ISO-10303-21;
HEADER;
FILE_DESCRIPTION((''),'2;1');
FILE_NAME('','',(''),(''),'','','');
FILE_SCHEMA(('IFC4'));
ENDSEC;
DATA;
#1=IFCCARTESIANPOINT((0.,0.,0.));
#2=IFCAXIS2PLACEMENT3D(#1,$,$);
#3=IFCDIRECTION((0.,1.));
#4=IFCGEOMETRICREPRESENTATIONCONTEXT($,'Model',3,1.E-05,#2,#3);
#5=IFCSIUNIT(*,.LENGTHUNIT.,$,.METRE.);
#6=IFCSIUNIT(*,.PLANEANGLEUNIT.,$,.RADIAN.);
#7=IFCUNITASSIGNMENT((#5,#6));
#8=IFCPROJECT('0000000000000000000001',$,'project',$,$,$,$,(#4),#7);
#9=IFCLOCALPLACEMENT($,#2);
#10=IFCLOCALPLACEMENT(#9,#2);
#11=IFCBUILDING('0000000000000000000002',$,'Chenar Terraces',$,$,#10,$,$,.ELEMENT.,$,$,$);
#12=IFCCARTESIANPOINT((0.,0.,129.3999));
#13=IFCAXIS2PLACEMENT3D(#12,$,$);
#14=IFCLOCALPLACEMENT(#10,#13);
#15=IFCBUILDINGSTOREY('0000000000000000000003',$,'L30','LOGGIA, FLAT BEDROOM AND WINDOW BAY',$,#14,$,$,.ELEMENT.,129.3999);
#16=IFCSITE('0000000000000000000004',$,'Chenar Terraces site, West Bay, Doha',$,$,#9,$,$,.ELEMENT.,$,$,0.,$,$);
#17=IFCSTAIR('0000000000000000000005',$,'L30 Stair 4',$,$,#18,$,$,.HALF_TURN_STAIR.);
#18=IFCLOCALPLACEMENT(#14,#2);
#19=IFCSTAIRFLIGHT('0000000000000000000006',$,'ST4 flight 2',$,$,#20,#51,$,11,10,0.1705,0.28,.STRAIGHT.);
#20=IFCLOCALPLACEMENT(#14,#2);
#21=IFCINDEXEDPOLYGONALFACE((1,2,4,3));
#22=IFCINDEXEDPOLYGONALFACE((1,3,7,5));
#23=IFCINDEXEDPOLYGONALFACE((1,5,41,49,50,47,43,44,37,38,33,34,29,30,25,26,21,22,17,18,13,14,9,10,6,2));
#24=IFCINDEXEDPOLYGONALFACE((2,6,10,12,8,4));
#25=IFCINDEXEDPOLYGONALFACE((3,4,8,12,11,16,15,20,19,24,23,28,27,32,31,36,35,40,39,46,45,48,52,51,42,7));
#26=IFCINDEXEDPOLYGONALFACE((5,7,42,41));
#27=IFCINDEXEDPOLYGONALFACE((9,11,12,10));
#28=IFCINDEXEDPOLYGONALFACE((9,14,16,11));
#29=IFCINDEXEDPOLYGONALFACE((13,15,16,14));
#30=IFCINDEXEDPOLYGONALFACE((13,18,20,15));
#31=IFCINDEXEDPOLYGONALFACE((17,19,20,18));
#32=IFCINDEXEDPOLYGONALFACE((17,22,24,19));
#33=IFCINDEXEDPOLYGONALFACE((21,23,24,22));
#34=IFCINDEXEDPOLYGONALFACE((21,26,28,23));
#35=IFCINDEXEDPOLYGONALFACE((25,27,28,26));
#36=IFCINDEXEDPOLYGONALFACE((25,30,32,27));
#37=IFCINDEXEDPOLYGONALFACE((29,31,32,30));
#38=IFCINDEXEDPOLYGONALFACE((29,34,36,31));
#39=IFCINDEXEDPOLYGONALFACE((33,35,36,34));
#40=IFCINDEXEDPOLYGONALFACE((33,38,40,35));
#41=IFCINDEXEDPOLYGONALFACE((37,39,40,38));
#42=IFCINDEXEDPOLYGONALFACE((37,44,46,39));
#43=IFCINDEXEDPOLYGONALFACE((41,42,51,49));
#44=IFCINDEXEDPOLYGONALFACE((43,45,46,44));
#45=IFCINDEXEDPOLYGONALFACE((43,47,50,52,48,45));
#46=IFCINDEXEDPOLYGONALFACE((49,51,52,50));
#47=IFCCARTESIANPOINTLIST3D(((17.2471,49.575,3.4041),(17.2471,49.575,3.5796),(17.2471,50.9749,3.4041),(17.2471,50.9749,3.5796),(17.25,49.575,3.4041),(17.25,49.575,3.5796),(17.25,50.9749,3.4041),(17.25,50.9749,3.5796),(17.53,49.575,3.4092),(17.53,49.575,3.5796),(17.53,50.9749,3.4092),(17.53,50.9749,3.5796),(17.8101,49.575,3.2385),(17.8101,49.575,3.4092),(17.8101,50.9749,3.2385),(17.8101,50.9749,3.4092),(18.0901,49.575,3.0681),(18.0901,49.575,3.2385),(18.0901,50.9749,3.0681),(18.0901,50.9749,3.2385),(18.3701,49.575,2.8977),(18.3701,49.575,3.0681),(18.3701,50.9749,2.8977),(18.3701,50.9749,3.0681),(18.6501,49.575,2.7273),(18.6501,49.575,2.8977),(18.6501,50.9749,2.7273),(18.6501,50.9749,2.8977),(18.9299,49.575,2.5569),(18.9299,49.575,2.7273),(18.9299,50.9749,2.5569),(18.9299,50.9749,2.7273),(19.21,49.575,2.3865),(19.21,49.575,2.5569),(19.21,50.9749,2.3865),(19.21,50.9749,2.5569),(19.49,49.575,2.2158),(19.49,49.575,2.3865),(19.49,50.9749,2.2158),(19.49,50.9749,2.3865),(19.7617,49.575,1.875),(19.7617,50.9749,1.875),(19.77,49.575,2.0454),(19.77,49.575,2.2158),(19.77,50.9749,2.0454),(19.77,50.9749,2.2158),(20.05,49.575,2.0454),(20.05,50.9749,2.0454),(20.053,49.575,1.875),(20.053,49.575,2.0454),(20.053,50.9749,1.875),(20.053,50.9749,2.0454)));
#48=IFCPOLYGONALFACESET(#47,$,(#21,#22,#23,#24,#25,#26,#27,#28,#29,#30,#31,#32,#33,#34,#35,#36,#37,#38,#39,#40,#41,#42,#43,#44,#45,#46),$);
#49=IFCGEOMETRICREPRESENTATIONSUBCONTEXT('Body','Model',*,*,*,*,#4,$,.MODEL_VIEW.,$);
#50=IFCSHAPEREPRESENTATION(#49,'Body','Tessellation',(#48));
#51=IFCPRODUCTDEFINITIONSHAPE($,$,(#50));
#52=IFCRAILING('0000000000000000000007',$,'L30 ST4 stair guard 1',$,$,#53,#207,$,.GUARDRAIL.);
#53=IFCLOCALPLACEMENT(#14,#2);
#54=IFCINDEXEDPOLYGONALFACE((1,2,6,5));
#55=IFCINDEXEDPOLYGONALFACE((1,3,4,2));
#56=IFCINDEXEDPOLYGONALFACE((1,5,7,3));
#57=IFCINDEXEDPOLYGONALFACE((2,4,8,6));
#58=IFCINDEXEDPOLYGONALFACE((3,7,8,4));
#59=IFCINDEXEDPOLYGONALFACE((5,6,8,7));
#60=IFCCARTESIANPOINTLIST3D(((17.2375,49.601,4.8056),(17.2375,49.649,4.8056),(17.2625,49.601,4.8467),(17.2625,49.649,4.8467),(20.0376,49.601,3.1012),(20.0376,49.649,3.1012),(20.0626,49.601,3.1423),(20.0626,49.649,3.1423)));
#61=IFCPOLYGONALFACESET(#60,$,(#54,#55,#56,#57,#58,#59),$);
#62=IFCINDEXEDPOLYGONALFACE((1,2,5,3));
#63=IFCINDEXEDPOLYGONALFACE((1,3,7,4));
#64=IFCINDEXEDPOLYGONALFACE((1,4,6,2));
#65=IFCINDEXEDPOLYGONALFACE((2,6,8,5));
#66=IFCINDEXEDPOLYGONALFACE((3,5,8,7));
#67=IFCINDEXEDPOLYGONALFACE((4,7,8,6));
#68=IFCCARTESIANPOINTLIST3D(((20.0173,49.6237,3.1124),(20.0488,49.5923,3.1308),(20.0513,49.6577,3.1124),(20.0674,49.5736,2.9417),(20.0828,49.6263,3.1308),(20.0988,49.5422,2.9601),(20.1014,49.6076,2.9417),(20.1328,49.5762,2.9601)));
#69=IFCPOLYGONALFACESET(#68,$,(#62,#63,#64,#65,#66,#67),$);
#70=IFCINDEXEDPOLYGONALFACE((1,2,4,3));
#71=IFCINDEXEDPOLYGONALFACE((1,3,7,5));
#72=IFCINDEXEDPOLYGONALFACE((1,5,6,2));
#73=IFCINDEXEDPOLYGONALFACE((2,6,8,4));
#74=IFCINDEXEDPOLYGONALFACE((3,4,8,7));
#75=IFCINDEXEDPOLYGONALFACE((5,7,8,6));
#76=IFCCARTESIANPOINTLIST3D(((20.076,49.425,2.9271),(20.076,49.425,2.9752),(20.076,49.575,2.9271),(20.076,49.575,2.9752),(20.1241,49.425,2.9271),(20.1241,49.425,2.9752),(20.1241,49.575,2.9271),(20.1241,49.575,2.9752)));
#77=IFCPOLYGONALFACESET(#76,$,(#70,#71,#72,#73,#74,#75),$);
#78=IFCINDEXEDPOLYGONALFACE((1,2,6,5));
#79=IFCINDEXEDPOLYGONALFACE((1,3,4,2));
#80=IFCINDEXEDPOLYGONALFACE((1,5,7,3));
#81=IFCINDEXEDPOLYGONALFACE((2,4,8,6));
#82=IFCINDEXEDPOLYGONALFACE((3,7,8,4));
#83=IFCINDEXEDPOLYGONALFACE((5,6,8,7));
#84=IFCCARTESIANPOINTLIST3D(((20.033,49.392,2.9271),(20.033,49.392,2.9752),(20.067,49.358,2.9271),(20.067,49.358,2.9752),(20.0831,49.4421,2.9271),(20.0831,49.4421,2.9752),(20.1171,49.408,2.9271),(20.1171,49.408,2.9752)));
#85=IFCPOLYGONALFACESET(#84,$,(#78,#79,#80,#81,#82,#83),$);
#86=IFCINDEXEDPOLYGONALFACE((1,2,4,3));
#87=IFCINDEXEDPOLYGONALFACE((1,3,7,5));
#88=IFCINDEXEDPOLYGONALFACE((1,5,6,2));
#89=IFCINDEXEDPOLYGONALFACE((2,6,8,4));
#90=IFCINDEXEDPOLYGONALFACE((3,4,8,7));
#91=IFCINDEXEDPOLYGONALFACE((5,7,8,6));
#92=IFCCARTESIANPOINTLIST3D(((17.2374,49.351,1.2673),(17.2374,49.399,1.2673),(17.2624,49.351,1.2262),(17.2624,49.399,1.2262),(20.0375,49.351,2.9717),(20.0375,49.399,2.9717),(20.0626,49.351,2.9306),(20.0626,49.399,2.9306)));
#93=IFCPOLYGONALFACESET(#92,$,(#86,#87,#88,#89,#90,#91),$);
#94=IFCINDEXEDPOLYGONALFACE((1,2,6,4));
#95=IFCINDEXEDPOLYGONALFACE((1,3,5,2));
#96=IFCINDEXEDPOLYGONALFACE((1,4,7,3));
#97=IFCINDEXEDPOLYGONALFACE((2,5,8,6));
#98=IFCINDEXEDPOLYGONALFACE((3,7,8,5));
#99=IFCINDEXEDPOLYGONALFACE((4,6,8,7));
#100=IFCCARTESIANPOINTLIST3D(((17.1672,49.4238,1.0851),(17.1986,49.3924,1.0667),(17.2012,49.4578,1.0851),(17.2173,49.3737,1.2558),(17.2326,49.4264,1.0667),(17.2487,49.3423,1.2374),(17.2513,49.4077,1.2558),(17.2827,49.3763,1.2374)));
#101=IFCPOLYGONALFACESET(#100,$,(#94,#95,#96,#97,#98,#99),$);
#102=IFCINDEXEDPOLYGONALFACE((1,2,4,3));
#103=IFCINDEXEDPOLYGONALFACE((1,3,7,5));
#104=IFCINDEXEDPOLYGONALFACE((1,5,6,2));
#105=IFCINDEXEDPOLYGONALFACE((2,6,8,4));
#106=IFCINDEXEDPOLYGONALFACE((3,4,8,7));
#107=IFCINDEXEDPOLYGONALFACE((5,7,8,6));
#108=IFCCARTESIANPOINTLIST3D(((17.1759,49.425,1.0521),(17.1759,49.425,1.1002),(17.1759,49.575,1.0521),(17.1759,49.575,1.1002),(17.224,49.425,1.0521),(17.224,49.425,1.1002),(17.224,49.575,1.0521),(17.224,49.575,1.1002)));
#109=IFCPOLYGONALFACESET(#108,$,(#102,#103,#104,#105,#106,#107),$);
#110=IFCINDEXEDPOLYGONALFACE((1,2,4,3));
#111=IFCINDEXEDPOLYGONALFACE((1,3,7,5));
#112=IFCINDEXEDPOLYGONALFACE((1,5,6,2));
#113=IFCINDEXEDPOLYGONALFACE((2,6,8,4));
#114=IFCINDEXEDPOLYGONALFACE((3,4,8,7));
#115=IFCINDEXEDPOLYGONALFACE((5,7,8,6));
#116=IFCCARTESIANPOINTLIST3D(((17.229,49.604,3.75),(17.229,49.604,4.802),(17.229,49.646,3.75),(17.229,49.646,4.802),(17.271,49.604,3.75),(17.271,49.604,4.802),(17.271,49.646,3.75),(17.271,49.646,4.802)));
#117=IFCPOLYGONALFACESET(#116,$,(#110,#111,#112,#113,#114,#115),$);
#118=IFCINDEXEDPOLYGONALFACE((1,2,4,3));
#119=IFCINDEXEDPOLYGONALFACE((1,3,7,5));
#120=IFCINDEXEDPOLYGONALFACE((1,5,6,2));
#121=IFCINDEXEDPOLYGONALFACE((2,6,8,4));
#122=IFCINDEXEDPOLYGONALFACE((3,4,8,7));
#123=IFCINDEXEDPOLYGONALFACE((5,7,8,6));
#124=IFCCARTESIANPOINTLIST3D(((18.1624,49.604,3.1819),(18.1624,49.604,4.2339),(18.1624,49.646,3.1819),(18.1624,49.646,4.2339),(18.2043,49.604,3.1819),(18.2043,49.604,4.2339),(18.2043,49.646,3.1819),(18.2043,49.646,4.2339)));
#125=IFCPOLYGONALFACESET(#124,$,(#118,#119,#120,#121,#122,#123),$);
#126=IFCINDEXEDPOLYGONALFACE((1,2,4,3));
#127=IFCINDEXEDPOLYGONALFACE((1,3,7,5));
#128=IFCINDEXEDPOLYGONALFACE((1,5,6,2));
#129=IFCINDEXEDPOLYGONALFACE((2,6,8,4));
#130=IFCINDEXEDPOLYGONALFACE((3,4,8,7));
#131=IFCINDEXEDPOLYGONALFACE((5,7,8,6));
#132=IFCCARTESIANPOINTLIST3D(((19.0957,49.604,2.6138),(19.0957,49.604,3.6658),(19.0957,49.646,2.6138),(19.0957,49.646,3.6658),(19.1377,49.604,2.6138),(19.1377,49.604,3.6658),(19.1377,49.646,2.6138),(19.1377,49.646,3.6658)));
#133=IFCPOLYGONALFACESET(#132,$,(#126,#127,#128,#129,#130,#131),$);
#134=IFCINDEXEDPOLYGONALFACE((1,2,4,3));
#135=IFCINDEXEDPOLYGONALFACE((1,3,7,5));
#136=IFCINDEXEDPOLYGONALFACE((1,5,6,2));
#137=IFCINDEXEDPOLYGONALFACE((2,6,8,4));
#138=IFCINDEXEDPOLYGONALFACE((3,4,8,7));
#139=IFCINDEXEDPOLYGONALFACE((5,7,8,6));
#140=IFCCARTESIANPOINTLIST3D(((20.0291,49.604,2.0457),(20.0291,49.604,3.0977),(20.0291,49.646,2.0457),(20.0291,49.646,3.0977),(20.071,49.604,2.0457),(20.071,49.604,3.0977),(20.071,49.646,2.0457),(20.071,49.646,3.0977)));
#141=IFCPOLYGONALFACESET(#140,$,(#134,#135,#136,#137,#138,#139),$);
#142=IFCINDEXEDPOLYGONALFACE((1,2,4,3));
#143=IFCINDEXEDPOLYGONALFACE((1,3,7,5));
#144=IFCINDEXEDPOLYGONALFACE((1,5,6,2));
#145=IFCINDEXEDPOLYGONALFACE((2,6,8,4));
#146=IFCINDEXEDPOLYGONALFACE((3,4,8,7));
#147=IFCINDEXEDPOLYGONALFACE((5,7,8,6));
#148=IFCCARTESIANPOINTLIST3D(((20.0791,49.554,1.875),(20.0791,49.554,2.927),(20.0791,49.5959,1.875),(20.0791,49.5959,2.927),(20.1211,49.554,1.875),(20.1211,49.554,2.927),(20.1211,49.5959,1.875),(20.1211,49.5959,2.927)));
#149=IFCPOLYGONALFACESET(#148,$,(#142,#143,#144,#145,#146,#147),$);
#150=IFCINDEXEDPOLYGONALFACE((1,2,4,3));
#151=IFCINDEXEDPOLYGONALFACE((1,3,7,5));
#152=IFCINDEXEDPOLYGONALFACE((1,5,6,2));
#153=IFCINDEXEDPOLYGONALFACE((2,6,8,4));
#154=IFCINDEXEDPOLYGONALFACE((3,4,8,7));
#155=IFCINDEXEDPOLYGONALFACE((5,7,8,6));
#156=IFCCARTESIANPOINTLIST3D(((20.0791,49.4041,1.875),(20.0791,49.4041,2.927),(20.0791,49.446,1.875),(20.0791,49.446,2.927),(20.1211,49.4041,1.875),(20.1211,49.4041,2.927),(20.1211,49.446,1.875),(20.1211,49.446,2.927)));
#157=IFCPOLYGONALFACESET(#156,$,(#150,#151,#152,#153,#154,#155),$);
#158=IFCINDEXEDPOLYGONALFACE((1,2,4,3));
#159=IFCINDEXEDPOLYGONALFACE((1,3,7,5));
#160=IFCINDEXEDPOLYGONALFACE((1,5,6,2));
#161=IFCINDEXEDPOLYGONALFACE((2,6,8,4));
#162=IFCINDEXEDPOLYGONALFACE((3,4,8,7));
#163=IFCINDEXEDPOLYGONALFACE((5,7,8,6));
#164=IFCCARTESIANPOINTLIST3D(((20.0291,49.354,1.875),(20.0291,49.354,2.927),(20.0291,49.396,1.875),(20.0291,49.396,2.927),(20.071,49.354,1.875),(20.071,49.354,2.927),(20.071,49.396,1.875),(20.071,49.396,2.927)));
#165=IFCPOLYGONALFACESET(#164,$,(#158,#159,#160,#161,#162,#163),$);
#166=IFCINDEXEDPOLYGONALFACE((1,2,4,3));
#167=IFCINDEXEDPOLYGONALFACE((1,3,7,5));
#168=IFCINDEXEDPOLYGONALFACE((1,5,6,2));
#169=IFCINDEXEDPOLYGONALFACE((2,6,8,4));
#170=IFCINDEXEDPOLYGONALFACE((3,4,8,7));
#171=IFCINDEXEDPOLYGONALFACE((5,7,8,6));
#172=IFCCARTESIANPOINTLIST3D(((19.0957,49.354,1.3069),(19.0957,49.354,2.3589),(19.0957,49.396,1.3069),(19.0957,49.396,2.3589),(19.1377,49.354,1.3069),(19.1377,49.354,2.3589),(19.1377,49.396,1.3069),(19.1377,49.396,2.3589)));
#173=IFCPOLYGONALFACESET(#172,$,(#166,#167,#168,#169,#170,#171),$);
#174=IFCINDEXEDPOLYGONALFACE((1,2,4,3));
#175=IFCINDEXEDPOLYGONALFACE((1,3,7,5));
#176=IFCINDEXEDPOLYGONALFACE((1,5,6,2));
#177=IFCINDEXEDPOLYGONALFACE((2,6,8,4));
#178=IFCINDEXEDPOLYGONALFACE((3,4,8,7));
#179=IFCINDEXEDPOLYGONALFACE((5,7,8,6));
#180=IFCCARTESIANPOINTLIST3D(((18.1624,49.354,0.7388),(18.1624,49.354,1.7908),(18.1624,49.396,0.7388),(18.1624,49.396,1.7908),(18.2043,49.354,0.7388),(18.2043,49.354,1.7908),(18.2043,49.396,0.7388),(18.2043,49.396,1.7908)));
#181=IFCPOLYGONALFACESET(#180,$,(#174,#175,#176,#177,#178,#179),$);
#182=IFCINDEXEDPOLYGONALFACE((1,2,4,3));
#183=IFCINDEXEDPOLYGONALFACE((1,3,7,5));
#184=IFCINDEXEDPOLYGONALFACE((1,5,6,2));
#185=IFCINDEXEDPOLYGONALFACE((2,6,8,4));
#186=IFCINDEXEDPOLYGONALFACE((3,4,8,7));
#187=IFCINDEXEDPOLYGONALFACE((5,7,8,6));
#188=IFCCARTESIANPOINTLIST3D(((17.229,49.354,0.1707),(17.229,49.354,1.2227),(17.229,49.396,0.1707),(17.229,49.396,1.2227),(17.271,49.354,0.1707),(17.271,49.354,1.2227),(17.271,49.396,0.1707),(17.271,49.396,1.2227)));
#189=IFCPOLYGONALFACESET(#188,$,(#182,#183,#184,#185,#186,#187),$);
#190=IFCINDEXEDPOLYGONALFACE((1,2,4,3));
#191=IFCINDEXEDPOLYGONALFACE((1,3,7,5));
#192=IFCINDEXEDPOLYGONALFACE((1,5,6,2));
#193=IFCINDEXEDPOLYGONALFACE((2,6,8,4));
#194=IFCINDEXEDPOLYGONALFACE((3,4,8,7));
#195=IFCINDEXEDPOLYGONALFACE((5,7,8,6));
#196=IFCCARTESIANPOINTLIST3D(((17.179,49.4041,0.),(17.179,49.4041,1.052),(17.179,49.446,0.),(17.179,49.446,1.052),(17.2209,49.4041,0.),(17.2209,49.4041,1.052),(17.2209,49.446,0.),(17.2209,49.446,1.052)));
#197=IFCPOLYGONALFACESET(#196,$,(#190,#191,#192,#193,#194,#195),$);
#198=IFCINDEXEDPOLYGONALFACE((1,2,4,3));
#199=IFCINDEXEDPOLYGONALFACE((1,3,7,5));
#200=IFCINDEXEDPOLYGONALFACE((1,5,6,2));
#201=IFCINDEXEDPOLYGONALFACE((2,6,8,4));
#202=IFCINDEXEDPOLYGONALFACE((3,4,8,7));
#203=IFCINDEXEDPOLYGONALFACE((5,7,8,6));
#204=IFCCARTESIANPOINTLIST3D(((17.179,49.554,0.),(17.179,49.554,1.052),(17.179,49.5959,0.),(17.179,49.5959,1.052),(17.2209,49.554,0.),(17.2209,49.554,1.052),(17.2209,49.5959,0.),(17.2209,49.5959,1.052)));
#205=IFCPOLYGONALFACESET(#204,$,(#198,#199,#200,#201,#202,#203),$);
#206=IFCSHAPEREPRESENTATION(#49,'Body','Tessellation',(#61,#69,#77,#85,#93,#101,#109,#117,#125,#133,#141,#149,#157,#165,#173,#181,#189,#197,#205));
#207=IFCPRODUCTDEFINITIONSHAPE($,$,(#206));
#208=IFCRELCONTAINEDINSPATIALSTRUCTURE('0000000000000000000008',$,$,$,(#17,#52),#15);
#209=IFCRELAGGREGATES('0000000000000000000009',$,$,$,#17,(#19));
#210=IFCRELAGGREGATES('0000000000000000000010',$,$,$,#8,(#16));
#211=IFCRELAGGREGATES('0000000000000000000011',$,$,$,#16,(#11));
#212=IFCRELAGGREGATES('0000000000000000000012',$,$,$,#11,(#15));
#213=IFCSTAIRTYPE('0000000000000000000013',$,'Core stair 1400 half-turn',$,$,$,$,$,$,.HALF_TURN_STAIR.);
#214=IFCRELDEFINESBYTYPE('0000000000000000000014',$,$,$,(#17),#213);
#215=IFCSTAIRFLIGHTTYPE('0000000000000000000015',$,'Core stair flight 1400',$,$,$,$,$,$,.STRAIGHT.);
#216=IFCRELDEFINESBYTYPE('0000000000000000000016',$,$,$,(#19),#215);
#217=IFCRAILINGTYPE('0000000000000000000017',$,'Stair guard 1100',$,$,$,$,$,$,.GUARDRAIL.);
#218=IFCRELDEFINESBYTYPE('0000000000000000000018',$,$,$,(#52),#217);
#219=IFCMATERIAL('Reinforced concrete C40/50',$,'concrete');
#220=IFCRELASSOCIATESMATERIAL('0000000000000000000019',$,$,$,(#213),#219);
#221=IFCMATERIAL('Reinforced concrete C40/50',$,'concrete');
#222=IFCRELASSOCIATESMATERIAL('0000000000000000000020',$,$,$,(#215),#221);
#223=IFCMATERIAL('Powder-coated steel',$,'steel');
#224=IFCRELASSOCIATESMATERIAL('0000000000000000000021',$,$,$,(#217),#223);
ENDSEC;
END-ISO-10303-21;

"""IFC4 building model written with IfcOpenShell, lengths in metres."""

from ifc_helpers import new_model, si_unit, direction, frame, origin, origin_2d, place, context, subcontext, project, spatial, polyline, rectangle, outline, extrude, material, type_object, element, aggregate, save


model = new_model("IFC4")

# Units and contexts
model_context = context("Model", 3, precision=1e-05, world=origin(), true_north=direction((0.0, 1.0)))
body_context = subcontext(model_context, "Body", "Model", "MODEL_VIEW")
ifc_project = project(units=[si_unit("LENGTHUNIT", "METRE"), si_unit("PLANEANGLEUNIT", "RADIAN")], contexts=[model_context])

# Site, building, storey
site_placement = place(None, origin())
site = spatial("IfcSite", under=ifc_project, at=site_placement, Name="Chenar Terraces site, West Bay, Doha", CompositionType="ELEMENT", RefElevation=0.0)
building_placement = place(site_placement, origin())
building = spatial("IfcBuilding", under=site, at=building_placement, Name="Chenar Terraces", CompositionType="ELEMENT")
storey_placement = place(building_placement, frame((0.0, 0.0, 129.3999)))
storey = spatial("IfcBuildingStorey", under=building, at=storey_placement, Name="L30", Description="LOGGIA, FLAT BEDROOM AND WINDOW BAY", CompositionType="ELEMENT", Elevation=129.3999)

# Stair, stair flight
ifc_material_1 = material(Name="Reinforced concrete C40/50", Category="concrete")
stair_type = type_object("IfcStairType", Name="Core stair 1400 half-turn", PredefinedType="HALF_TURN_STAIR", material=ifc_material_1)
stair_placement = place(storey_placement, origin())
stair = element("IfcStair", 1, at=stair_placement, inside=storey, type_object=stair_type, Name="L30 Stair 4", PredefinedType="HALF_TURN_STAIR")
ifc_material_2 = material(Name="Reinforced concrete C40/50", Category="concrete")
stair_flight_type = type_object("IfcStairFlightType", Name="Core stair flight 1400", PredefinedType="STRAIGHT", material=ifc_material_2)
stair_flight_1_placement = place(storey_placement, frame((20.05, 50.2749, 1.875), z_axis=(0.0, 0.0, 1.0), x_axis=(-1.0, 0.0, 0.0)))
stair_flight_1 = element("IfcStairFlight", 2, at=stair_flight_1_placement, type_object=stair_flight_type, Name="ST4 flight 2", NumberOfRisers=11, NumberOfTreads=10, PredefinedType="STRAIGHT", RiserHeight=0.1705, TreadLength=0.28, context=body_context, shape_type="SweptSolid", body=[
    extrude(outline(polyline([(-0.0029, 0.0), (-0.0029, 0.1704), (0.0, 0.1704), (0.28, 0.1704), (0.28, 0.3408), (0.5601, 0.3408), (0.5601, 0.5115), (0.8401, 0.5115), (0.8401, 0.6819), (1.1201, 0.6819), (1.1201, 0.8523), (1.3999, 0.8523), (1.3999, 1.0227), (1.6799, 1.0227), (1.6799, 1.1931), (1.96, 1.1931), (1.96, 1.3635), (2.24, 1.3635), (2.24, 1.5342), (2.52, 1.5342), (2.52, 1.7046), (2.8, 1.7046), (2.803, 1.7046), (2.803, 1.5291), (2.8, 1.5291), (0.2883, 0.0), (-0.0029, 0.0)])), frame((0.0, 0.7, 0.0), z_axis=(0.0, -1.0, 0.0), x_axis=(1.0, 0.0, 0.0)), (0.0, 0.0, 1.0), 1.3999),
])
aggregate(stair, [stair_flight_1])

# Railing
ifc_material_3 = material(Name="Powder-coated steel", Category="steel")
railing_type_1 = type_object("IfcRailingType", Name="Stair guard 1100", PredefinedType="GUARDRAIL", material=ifc_material_3)
railing_1_placement = place(storey_placement, frame((17.25, 49.625, 3.75)))
element("IfcRailing", 3, at=railing_1_placement, inside=storey, type_object=railing_type_1, Name="L30 ST4 stair guard 1", PredefinedType="GUARDRAIL", context=body_context, shape_type="SweptSolid", body=[
    extrude(rectangle(XDim=0.0481, YDim=0.0481, at=origin_2d()), frame((0.0, 0.0, 1.0762), z_axis=(0.854203, 0.0, -0.51994), x_axis=(0.0, 1.0, 0.0)), (0.0, 0.0, 1.0), 3.2781),
    extrude(rectangle(XDim=0.0481, YDim=0.0481, at=origin_2d()), frame((2.8, 0.0, -0.6284), z_axis=(0.2709, -0.2709, -0.923703), x_axis=(0.707107, 0.707107, 0.0)), (0.0, 0.0, 1.0), 0.1848),
    extrude(rectangle(XDim=0.0481, YDim=0.0481, at=origin_2d()), frame((2.8501, -0.05, -0.7988), z_axis=(0.0, -1.0, 0.0), x_axis=(1.0, 0.0, 0.0)), (0.0, 0.0, 1.0), 0.1499),
    extrude(rectangle(XDim=0.0481, YDim=0.0481, at=origin_2d()), frame((2.8501, -0.2, -0.7988), z_axis=(-0.707107, -0.707107, 0.0), x_axis=(0.707107, -0.707107, 0.0)), (0.0, 0.0, 1.0), 0.0708),
    extrude(rectangle(XDim=0.0481, YDim=0.0481, at=origin_2d()), frame((2.8, -0.25, -0.7988), z_axis=(-0.854203, 0.0, -0.51994), x_axis=(0.0, -1.0, 0.0)), (0.0, 0.0, 1.0), 3.2781),
    extrude(rectangle(XDim=0.0481, YDim=0.0481, at=origin_2d()), frame((0.0, -0.25, -2.5034), z_axis=(-0.2709, 0.2709, -0.923703), x_axis=(-0.707107, -0.707107, 0.0)), (0.0, 0.0, 1.0), 0.1848),
    extrude(rectangle(XDim=0.0481, YDim=0.0481, at=origin_2d()), frame((-0.05, -0.2, -2.6738), z_axis=(0.0, 1.0, 0.0), x_axis=(-1.0, 0.0, 0.0)), (0.0, 0.0, 1.0), 0.1499),
    extrude(rectangle(XDim=0.042, YDim=0.042, at=origin_2d()), origin(), (0.0, 0.0, 1.0), 1.052),
    extrude(rectangle(XDim=0.042, YDim=0.042, at=origin_2d()), frame((0.9333, 0.0, -0.5681)), (0.0, 0.0, 1.0), 1.052),
    extrude(rectangle(XDim=0.042, YDim=0.042, at=origin_2d()), frame((1.8667, 0.0, -1.1362)), (0.0, 0.0, 1.0), 1.052),
    extrude(rectangle(XDim=0.042, YDim=0.042, at=origin_2d()), frame((2.8, 0.0, -1.7043)), (0.0, 0.0, 1.0), 1.052),
    extrude(rectangle(XDim=0.042, YDim=0.042, at=origin_2d()), frame((2.8501, -0.05, -1.875)), (0.0, 0.0, 1.0), 1.052),
    extrude(rectangle(XDim=0.042, YDim=0.042, at=origin_2d()), frame((2.8501, -0.2, -1.875)), (0.0, 0.0, 1.0), 1.052),
    extrude(rectangle(XDim=0.042, YDim=0.042, at=origin_2d()), frame((2.8, -0.25, -1.875)), (0.0, 0.0, 1.0), 1.052),
    extrude(rectangle(XDim=0.042, YDim=0.042, at=origin_2d()), frame((1.8667, -0.25, -2.4431)), (0.0, 0.0, 1.0), 1.052),
    extrude(rectangle(XDim=0.042, YDim=0.042, at=origin_2d()), frame((0.9333, -0.25, -3.0112)), (0.0, 0.0, 1.0), 1.052),
    extrude(rectangle(XDim=0.042, YDim=0.042, at=origin_2d()), frame((0.0, -0.25, -3.5793)), (0.0, 0.0, 1.0), 1.052),
    extrude(rectangle(XDim=0.042, YDim=0.042, at=origin_2d()), frame((-0.05, -0.2, -3.75)), (0.0, 0.0, 1.0), 1.052),
    extrude(rectangle(XDim=0.042, YDim=0.042, at=origin_2d()), frame((-0.05, -0.05, -3.75)), (0.0, 0.0, 1.0), 1.052),
])

save(model, "model.ifc")
